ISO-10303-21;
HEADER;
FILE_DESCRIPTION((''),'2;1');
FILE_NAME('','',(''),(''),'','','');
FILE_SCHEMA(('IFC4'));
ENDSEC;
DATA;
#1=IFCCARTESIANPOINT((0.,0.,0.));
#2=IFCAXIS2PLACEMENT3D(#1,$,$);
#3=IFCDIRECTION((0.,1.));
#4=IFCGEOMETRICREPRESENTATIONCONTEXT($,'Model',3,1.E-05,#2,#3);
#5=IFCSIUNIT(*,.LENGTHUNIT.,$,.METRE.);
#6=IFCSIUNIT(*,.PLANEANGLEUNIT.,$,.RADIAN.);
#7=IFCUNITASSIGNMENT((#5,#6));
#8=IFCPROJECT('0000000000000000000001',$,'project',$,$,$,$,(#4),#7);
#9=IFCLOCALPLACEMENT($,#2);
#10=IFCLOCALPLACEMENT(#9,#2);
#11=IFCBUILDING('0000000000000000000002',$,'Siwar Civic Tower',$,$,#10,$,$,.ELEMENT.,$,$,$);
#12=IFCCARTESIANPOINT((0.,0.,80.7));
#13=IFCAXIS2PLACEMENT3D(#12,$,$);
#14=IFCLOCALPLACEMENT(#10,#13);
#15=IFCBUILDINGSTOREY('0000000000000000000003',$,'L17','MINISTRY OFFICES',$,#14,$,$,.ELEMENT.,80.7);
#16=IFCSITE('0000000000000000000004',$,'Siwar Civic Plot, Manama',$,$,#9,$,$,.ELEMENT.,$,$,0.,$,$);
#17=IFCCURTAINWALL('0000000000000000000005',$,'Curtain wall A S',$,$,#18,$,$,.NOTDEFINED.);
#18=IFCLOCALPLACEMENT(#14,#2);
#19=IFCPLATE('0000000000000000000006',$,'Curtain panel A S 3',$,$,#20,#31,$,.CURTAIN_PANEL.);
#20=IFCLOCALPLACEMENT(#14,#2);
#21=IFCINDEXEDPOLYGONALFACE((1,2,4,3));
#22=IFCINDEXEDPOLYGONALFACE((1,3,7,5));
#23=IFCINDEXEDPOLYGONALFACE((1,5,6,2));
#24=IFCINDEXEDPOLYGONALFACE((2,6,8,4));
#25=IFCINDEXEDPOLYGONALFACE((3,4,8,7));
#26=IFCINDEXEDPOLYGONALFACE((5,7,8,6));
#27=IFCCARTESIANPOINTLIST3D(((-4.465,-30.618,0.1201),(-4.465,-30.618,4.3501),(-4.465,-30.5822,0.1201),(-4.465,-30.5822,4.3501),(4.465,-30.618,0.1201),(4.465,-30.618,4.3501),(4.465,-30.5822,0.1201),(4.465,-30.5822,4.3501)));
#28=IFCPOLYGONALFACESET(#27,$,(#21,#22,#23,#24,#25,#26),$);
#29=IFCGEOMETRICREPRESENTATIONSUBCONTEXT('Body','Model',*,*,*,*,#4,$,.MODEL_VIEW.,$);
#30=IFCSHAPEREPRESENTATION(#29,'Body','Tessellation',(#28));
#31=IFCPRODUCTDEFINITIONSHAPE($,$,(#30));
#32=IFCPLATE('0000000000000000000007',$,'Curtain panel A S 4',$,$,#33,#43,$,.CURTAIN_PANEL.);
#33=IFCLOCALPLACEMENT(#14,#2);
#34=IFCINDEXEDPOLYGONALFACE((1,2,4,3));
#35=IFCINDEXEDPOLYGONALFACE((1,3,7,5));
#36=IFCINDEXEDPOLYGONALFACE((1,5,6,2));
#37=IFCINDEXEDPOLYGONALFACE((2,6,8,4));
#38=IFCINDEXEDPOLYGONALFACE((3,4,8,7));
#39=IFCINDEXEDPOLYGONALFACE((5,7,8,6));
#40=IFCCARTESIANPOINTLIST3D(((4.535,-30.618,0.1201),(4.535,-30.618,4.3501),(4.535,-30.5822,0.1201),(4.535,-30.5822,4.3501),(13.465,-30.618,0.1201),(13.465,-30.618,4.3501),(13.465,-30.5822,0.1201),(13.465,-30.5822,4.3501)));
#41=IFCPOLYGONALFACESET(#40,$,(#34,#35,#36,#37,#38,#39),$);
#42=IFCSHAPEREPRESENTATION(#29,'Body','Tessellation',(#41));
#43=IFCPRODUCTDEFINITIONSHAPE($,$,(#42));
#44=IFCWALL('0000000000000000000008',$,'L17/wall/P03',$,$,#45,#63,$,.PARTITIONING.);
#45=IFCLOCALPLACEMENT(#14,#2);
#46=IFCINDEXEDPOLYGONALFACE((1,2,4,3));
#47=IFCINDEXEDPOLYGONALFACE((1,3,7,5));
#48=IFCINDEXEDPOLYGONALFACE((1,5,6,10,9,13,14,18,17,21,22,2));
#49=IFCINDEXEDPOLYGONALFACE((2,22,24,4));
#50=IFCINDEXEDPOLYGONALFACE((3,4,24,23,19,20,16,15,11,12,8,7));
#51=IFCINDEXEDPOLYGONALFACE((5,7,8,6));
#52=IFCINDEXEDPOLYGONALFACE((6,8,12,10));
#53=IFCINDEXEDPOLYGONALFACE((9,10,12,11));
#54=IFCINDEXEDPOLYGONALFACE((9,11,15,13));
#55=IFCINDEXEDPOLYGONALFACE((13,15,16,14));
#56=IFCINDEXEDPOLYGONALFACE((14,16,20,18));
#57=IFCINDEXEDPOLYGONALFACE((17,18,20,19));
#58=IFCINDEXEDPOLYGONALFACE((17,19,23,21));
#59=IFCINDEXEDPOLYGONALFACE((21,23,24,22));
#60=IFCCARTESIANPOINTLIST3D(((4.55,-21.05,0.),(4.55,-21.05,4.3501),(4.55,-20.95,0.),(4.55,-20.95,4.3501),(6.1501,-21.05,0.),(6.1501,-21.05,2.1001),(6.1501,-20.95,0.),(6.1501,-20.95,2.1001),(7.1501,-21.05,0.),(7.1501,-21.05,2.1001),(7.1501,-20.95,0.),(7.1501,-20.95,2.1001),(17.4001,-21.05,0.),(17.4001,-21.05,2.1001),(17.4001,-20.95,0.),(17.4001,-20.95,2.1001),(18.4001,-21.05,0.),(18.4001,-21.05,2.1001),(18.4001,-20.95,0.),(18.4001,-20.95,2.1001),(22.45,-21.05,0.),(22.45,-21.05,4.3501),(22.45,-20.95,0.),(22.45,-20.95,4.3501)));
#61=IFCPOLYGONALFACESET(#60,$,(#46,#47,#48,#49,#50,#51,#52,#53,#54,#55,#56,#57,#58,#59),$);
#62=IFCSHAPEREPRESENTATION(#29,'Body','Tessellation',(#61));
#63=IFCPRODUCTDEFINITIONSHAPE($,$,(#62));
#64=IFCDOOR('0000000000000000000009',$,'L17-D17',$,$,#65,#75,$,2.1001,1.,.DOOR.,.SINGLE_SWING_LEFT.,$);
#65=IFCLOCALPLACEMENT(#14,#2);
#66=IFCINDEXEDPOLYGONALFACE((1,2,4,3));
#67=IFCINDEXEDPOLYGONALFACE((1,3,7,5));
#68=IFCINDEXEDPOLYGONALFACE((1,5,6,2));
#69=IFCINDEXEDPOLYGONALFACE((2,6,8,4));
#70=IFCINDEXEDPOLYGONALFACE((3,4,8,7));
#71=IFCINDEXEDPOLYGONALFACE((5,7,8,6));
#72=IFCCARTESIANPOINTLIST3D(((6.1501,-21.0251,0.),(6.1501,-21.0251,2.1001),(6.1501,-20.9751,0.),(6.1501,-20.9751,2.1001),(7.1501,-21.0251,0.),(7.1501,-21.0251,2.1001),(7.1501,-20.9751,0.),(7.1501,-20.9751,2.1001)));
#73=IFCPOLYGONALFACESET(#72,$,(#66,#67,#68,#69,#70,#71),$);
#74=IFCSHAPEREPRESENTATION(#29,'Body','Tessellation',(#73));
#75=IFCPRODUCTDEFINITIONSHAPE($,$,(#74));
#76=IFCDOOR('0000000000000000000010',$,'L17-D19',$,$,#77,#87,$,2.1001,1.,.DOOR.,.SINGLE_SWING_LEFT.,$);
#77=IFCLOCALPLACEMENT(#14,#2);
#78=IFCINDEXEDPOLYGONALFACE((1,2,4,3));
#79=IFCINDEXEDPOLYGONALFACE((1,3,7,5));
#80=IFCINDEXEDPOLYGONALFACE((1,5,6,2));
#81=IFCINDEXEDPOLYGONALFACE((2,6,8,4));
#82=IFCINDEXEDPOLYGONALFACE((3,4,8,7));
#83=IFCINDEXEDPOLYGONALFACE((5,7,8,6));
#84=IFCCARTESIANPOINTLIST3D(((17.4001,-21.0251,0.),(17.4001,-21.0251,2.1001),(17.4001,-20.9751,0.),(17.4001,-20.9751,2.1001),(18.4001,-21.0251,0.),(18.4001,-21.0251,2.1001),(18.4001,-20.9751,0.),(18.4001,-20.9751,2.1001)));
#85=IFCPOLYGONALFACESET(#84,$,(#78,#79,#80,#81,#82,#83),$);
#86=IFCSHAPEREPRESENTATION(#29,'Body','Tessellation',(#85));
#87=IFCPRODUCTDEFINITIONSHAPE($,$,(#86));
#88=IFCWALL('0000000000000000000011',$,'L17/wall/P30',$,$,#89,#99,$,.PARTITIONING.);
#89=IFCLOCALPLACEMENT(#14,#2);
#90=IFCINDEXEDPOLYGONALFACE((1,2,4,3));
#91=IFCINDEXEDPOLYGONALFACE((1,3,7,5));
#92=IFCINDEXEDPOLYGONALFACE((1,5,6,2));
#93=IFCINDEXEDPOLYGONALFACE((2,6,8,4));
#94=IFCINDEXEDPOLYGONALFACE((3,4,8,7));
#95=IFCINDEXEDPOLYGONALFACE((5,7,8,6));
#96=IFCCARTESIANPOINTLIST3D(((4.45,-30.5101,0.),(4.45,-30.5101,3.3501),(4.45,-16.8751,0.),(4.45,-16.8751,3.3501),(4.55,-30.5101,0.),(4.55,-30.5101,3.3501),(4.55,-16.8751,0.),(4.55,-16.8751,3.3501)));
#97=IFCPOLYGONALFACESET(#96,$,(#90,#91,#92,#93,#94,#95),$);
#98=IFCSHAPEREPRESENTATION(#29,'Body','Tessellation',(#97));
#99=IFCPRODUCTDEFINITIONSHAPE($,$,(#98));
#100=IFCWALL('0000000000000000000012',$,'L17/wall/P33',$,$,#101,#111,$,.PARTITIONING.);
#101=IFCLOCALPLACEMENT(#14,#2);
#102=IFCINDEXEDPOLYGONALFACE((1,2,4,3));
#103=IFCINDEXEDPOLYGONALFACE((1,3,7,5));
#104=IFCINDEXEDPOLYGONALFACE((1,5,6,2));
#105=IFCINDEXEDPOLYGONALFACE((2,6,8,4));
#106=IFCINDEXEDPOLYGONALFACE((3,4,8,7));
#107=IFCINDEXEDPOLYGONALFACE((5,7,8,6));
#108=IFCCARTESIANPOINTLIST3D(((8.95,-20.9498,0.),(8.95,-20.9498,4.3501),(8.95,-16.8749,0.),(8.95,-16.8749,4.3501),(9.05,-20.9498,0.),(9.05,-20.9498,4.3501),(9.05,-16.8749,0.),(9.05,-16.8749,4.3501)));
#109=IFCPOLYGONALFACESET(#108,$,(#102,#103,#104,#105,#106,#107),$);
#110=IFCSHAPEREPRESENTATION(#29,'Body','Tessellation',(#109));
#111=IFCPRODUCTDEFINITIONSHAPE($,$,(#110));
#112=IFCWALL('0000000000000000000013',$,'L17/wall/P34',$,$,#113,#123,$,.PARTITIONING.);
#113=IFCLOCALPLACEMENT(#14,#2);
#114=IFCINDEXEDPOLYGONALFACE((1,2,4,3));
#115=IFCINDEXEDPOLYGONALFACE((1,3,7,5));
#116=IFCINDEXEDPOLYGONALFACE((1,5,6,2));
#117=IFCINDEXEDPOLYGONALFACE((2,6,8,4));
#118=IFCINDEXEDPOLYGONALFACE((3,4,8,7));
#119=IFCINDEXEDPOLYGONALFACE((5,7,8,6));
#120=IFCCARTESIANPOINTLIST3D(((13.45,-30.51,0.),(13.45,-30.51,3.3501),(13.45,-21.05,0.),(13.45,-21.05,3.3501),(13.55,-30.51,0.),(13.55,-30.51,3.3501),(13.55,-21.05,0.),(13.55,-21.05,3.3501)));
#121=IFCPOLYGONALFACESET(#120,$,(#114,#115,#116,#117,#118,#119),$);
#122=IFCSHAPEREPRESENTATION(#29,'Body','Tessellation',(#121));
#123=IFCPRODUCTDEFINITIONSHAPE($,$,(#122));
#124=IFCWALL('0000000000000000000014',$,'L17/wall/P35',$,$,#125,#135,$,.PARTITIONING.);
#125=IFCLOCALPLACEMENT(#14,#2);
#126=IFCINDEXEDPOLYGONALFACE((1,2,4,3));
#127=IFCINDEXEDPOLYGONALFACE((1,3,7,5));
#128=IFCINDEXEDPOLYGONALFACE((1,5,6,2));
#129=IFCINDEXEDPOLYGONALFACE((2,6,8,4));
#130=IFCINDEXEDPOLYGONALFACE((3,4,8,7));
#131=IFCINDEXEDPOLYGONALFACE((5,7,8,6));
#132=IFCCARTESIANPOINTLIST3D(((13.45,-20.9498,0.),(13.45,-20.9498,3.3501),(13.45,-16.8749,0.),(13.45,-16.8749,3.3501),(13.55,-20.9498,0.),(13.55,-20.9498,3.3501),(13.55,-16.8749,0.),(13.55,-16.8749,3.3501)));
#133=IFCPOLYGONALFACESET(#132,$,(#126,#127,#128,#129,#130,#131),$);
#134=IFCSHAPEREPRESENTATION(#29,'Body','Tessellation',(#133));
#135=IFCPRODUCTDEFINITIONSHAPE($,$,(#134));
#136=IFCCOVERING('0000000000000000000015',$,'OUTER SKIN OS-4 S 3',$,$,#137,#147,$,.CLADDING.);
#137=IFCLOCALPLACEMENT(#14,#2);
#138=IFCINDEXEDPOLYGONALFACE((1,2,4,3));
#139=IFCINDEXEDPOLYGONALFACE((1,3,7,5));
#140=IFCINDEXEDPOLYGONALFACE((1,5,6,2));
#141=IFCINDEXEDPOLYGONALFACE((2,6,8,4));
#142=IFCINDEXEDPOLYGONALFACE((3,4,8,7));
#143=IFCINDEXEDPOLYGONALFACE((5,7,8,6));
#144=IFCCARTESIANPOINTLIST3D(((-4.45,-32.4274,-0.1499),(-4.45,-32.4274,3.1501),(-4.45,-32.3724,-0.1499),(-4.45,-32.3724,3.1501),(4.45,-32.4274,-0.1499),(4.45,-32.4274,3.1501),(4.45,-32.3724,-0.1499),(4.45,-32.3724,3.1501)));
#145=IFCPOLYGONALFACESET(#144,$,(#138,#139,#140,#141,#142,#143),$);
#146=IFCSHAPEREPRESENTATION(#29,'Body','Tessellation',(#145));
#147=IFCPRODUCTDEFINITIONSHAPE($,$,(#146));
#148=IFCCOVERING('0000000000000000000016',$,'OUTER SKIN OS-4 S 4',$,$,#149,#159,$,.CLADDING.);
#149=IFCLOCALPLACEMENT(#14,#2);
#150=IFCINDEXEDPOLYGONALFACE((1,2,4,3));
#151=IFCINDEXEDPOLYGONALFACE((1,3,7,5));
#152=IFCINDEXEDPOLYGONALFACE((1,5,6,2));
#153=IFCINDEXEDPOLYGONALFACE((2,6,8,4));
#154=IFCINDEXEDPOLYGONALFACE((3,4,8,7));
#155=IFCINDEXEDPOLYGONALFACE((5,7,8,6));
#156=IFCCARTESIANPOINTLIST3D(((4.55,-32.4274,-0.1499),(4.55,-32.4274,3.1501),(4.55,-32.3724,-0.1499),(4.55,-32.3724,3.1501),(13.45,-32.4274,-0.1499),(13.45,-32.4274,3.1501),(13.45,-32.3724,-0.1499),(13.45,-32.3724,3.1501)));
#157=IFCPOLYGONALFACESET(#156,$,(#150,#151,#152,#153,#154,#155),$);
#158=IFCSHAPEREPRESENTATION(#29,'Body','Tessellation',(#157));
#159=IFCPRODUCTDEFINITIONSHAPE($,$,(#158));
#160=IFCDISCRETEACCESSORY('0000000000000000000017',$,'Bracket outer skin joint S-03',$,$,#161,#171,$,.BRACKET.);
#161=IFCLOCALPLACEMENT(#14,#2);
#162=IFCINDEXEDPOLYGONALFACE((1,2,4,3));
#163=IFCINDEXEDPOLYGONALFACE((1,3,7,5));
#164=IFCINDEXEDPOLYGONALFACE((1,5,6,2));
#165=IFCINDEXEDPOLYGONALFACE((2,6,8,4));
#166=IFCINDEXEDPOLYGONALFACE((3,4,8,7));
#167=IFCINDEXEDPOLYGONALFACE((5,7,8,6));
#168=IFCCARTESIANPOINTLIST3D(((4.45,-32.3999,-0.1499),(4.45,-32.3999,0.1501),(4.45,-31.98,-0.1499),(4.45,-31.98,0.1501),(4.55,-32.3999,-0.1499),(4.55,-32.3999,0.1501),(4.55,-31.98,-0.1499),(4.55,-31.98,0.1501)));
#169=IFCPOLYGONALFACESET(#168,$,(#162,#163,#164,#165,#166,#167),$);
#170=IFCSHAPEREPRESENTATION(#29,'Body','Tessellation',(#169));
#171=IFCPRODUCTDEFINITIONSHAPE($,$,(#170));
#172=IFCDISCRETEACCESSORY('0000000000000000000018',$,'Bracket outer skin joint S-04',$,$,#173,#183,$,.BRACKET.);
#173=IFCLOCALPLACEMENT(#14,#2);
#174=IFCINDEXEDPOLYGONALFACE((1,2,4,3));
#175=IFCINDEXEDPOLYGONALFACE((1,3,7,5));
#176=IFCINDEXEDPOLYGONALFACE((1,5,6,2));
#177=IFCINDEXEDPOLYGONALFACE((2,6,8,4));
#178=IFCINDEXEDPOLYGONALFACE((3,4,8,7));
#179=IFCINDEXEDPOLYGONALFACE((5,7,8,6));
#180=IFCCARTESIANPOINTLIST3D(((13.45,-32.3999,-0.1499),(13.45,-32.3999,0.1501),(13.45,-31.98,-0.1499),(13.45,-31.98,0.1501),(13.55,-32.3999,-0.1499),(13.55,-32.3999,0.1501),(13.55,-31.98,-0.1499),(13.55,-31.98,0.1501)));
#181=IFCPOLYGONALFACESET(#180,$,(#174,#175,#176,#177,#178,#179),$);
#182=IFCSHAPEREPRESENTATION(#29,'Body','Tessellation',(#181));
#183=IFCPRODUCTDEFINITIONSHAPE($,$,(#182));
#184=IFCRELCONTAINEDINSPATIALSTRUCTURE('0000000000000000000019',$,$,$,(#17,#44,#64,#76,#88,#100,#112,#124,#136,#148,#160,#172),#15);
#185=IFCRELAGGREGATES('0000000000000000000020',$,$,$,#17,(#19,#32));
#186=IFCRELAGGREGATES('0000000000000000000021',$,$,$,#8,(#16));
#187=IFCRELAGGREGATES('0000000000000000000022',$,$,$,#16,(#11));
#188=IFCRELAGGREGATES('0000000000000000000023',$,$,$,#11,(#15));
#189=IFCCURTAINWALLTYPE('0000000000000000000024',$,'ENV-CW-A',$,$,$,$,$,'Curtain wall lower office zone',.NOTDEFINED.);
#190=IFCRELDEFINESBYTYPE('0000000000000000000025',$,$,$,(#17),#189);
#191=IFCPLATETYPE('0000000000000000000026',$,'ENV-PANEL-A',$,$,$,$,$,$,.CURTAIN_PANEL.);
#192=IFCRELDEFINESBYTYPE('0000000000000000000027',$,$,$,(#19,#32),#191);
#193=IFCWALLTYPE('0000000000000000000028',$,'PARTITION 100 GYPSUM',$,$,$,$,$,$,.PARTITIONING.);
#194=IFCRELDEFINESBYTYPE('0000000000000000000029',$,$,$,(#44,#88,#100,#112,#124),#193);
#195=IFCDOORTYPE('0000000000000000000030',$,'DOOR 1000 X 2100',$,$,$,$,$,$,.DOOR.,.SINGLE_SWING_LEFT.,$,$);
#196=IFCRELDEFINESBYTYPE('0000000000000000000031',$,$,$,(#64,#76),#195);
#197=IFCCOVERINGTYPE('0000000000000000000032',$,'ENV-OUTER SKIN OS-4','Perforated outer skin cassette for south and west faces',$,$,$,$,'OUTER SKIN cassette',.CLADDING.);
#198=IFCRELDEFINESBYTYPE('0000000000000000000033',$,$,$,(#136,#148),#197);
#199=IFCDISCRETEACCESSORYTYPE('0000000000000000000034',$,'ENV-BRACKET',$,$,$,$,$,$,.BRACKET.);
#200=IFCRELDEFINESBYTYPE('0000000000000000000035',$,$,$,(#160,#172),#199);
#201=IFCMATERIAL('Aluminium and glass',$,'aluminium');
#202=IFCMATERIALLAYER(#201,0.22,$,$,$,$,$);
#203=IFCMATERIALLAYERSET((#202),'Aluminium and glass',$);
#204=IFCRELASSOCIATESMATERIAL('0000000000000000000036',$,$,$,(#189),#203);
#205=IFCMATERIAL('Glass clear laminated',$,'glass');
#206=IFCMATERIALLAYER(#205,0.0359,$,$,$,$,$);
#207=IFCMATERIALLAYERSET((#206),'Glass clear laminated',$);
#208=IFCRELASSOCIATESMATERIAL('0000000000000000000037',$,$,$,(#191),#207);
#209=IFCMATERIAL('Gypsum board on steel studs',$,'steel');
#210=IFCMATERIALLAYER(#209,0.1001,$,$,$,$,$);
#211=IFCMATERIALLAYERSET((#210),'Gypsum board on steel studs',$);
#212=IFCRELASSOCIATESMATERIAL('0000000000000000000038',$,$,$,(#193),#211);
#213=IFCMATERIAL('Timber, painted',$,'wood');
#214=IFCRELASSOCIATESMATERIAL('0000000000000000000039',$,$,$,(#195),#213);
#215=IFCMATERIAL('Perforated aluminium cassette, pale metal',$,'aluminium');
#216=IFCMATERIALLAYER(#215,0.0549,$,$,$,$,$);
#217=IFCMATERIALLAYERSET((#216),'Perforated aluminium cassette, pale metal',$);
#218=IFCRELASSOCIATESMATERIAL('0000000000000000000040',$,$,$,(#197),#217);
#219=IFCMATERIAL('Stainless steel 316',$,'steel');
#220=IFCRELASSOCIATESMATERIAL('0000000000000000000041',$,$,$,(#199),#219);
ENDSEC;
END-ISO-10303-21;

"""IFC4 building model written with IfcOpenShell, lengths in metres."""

from ifc_helpers import new_model, si_unit, direction, frame, frame_2d, origin, origin_2d, place, context, subcontext, project, spatial, rectangle, extrude, material, layer, layer_set, type_object, element, fill, aggregate, save


model = new_model("IFC4")

# Units and contexts
model_context = context("Model", 3, precision=1e-05, world=origin(), true_north=direction((0.0, 1.0)))
body_context = subcontext(model_context, "Body", "Model", "MODEL_VIEW")
ifc_project = project(units=[si_unit("LENGTHUNIT", "METRE"), si_unit("PLANEANGLEUNIT", "RADIAN")], contexts=[model_context])

# Site, building, storey
site_placement = place(None, origin())
site = spatial("IfcSite", under=ifc_project, at=site_placement, Name="Siwar Civic Plot, Manama", CompositionType="ELEMENT", RefElevation=0.0)
building_placement = place(site_placement, origin())
building = spatial("IfcBuilding", under=site, at=building_placement, Name="Siwar Civic Tower", CompositionType="ELEMENT")
storey_placement = place(building_placement, frame((0.0, 0.0, 80.7)))
storey = spatial("IfcBuildingStorey", under=building, at=storey_placement, Name="L17", Description="MINISTRY OFFICES", CompositionType="ELEMENT", Elevation=80.7)

# Curtain wall
ifc_material_1 = material(Name="Aluminium and glass", Category="aluminium")
ifc_layer_1 = layer(ifc_material_1, 0.22)
ifc_layer_set_1 = layer_set([ifc_layer_1], Name="Aluminium and glass")
curtain_wall_type = type_object("IfcCurtainWallType", Name="ENV-CW-A", ElementType="Curtain wall lower office zone", PredefinedType="NOTDEFINED", material=ifc_layer_set_1)
curtain_wall_placement = place(storey_placement, origin())
curtain_wall = element("IfcCurtainWall", 1, at=curtain_wall_placement, inside=storey, type_object=curtain_wall_type, Name="Curtain wall A S", PredefinedType="NOTDEFINED")

# Plates
ifc_material_2 = material(Name="Glass clear laminated", Category="glass")
ifc_layer_2 = layer(ifc_material_2, 0.0359)
ifc_layer_set_2 = layer_set([ifc_layer_2], Name="Glass clear laminated")
plate_type = type_object("IfcPlateType", Name="ENV-PANEL-A", PredefinedType="CURTAIN_PANEL", material=ifc_layer_set_2)
plate_1_placement = place(storey_placement, frame((0.0, -30.6001, 0.1201), z_axis=(0.0, 0.0, 1.0), x_axis=(1.0, 0.0, 0.0)))
plate_1 = element("IfcPlate", 2, at=plate_1_placement, type_object=plate_type, Name="Curtain panel A S 3", PredefinedType="CURTAIN_PANEL", context=body_context, shape_type="SweptSolid", body=[
    extrude(rectangle(XDim=8.9299, YDim=0.0359, at=origin_2d()), origin(), (0.0, 0.0, 1.0), 4.23),
])
plate_2_placement = place(storey_placement, frame((9.0, -30.6001, 0.1201), z_axis=(0.0, 0.0, 1.0), x_axis=(1.0, 0.0, 0.0)))
plate_2 = element("IfcPlate", 3, at=plate_2_placement, type_object=plate_type, Name="Curtain panel A S 4", PredefinedType="CURTAIN_PANEL", context=body_context, shape_type="SweptSolid", body=[
    extrude(rectangle(XDim=8.9299, YDim=0.0359, at=origin_2d()), origin(), (0.0, 0.0, 1.0), 4.23),
])
aggregate(curtain_wall, [plate_1, plate_2])

# Wall, openings, doors
ifc_material_3 = material(Name="Gypsum board on steel studs", Category="steel")
ifc_layer_3 = layer(ifc_material_3, 0.1001)
ifc_layer_set_3 = layer_set([ifc_layer_3], Name="Gypsum board on steel studs")
wall_type = type_object("IfcWallType", Name="PARTITION 100 GYPSUM", PredefinedType="PARTITIONING", material=ifc_layer_set_3)
wall_1_placement = place(storey_placement, frame((4.55, -21.0, 0.0), z_axis=(0.0, 0.0, 1.0), x_axis=(1.0, 0.0, 0.0)))
wall_1 = element("IfcWall", 4, at=wall_1_placement, inside=storey, type_object=wall_type, Name="L17/wall/P03", PredefinedType="PARTITIONING", context=body_context, shape_type="SweptSolid", body=[
    extrude(rectangle(XDim=17.8999, YDim=0.1001, at=frame_2d((8.95, 0.0))), origin(), (0.0, 0.0, 1.0), 4.3501),
])
opening_1_placement = place(wall_1_placement, frame((1.6001, 0.0, 0.0)))
opening_1 = element("IfcOpeningElement", 5, at=opening_1_placement, cuts=wall_1, PredefinedType="OPENING", context=body_context, shape_type="SweptSolid", body=[
    extrude(rectangle(XDim=1.0, YDim=2.1001, at=frame_2d((0.5, 1.05))), frame((0.0, 0.0601, 0.0), z_axis=(0.0, -1.0, 0.0), x_axis=(1.0, 0.0, 0.0)), (0.0, 0.0, 1.0), 0.1201),
])
opening_2_placement = place(wall_1_placement, frame((12.8501, 0.0, 0.0)))
opening_2 = element("IfcOpeningElement", 6, at=opening_2_placement, cuts=wall_1, PredefinedType="OPENING", context=body_context, shape_type="SweptSolid", body=[
    extrude(rectangle(XDim=1.0, YDim=2.1001, at=frame_2d((0.5, 1.05))), frame((0.0, 0.0601, 0.0), z_axis=(0.0, -1.0, 0.0), x_axis=(1.0, 0.0, 0.0)), (0.0, 0.0, 1.0), 0.1201),
])
ifc_material_4 = material(Name="Timber, painted", Category="wood")
door_type = type_object("IfcDoorType", Name="DOOR 1000 X 2100", OperationType="SINGLE_SWING_LEFT", PredefinedType="DOOR", material=ifc_material_4)
door_1_placement = place(opening_1_placement, origin())
door_1 = element("IfcDoor", 7, at=door_1_placement, inside=storey, type_object=door_type, Name="L17-D17", OperationType="SINGLE_SWING_LEFT", OverallHeight=2.1001, OverallWidth=1.0, PredefinedType="DOOR", context=body_context, shape_type="SweptSolid", body=[
    extrude(rectangle(XDim=1.0, YDim=2.1001, at=frame_2d((0.5, 1.05))), frame((0.0, 0.0249, 0.0), z_axis=(0.0, -1.0, 0.0), x_axis=(1.0, 0.0, 0.0)), (0.0, 0.0, 1.0), 0.05),
])
fill(opening_1, door_1)
door_2_placement = place(opening_2_placement, origin())
door_2 = element("IfcDoor", 8, at=door_2_placement, inside=storey, type_object=door_type, Name="L17-D19", OperationType="SINGLE_SWING_LEFT", OverallHeight=2.1001, OverallWidth=1.0, PredefinedType="DOOR", context=body_context, shape_type="SweptSolid", body=[
    extrude(rectangle(XDim=1.0, YDim=2.1001, at=frame_2d((0.5, 1.05))), frame((0.0, 0.0249, 0.0), z_axis=(0.0, -1.0, 0.0), x_axis=(1.0, 0.0, 0.0)), (0.0, 0.0, 1.0), 0.05),
])
fill(opening_2, door_2)

# Walls
wall_2_placement = place(storey_placement, frame((4.5, -30.51, 0.0), z_axis=(0.0, 0.0, 1.0), x_axis=(0.0, 1.0, 0.0)))
element("IfcWall", 9, at=wall_2_placement, inside=storey, type_object=wall_type, Name="L17/wall/P30", PredefinedType="PARTITIONING", context=body_context, shape_type="SweptSolid", body=[
    extrude(rectangle(XDim=13.635, YDim=0.1001, at=frame_2d((6.8174, 0.0))), origin(), (0.0, 0.0, 1.0), 3.3501),
])
wall_3_placement = place(storey_placement, frame((9.0, -20.95, 0.0), z_axis=(0.0, 0.0, 1.0), x_axis=(0.0, 1.0, 0.0)))
element("IfcWall", 10, at=wall_3_placement, inside=storey, type_object=wall_type, Name="L17/wall/P33", PredefinedType="PARTITIONING", context=body_context, shape_type="SweptSolid", body=[
    extrude(rectangle(XDim=4.075, YDim=0.1001, at=frame_2d((2.0376, 0.0))), origin(), (0.0, 0.0, 1.0), 4.3501),
])
wall_4_placement = place(storey_placement, frame((13.5, -30.51, 0.0), z_axis=(0.0, 0.0, 1.0), x_axis=(0.0, 1.0, 0.0)))
element("IfcWall", 11, at=wall_4_placement, inside=storey, type_object=wall_type, Name="L17/wall/P34", PredefinedType="PARTITIONING", context=body_context, shape_type="SweptSolid", body=[
    extrude(rectangle(XDim=9.46, YDim=0.1001, at=frame_2d((4.73, 0.0))), origin(), (0.0, 0.0, 1.0), 3.3501),
])
wall_5_placement = place(storey_placement, frame((13.5, -20.95, 0.0), z_axis=(0.0, 0.0, 1.0), x_axis=(0.0, 1.0, 0.0)))
element("IfcWall", 12, at=wall_5_placement, inside=storey, type_object=wall_type, Name="L17/wall/P35", PredefinedType="PARTITIONING", context=body_context, shape_type="SweptSolid", body=[
    extrude(rectangle(XDim=4.075, YDim=0.1001, at=frame_2d((2.0376, 0.0))), origin(), (0.0, 0.0, 1.0), 3.3501),
])

# Coverings
ifc_material_5 = material(Name="Perforated aluminium cassette, pale metal", Category="aluminium")
ifc_layer_4 = layer(ifc_material_5, 0.0549)
ifc_layer_set_4 = layer_set([ifc_layer_4], Name="Perforated aluminium cassette, pale metal")
covering_type = type_object("IfcCoveringType", Name="ENV-OUTER SKIN OS-4", Description="Perforated outer skin cassette for south and west faces", ElementType="OUTER SKIN cassette", PredefinedType="CLADDING", material=ifc_layer_set_4)
for number, where, z_axis, x_axis, name in (
    (13, (0.0, -32.3999, -0.1499), (0.0, 0.0, 1.0), (1.0, 0.0, 0.0), "OUTER SKIN OS-4 S 3"),
    (14, (9.0, -32.3999, -0.1499), (0.0, 0.0, 1.0), (1.0, 0.0, 0.0), "OUTER SKIN OS-4 S 4"),
):
    element("IfcCovering", number, at=place(storey_placement, frame(where, z_axis=z_axis, x_axis=x_axis)), inside=storey, type_object=covering_type, Name=name, PredefinedType="CLADDING", context=body_context, shape_type="SweptSolid", body=[
        extrude(rectangle(XDim=8.8999, YDim=0.0549, at=origin_2d()), origin(), (0.0, 0.0, 1.0), 3.3),
    ])

# Discrete accessories
ifc_material_6 = material(Name="Stainless steel 316", Category="steel")
discrete_accessory_type = type_object("IfcDiscreteAccessoryType", Name="ENV-BRACKET", PredefinedType="BRACKET", material=ifc_material_6)
for number, where, z_axis, x_axis, name in (
    (15, (4.5, -32.1899, -0.1499), (0.0, 0.0, 1.0), (0.0, -1.0, 0.0), "Bracket outer skin joint S-03"),
    (16, (13.5, -32.1899, -0.1499), (0.0, 0.0, 1.0), (0.0, -1.0, 0.0), "Bracket outer skin joint S-04"),
):
    element("IfcDiscreteAccessory", number, at=place(storey_placement, frame(where, z_axis=z_axis, x_axis=x_axis)), inside=storey, type_object=discrete_accessory_type, Name=name, PredefinedType="BRACKET", context=body_context, shape_type="SweptSolid", body=[
        extrude(rectangle(XDim=0.4199, YDim=0.1001, at=origin_2d()), origin(), (0.0, 0.0, 1.0), 0.3),
    ])

save(model, "model.ifc")
